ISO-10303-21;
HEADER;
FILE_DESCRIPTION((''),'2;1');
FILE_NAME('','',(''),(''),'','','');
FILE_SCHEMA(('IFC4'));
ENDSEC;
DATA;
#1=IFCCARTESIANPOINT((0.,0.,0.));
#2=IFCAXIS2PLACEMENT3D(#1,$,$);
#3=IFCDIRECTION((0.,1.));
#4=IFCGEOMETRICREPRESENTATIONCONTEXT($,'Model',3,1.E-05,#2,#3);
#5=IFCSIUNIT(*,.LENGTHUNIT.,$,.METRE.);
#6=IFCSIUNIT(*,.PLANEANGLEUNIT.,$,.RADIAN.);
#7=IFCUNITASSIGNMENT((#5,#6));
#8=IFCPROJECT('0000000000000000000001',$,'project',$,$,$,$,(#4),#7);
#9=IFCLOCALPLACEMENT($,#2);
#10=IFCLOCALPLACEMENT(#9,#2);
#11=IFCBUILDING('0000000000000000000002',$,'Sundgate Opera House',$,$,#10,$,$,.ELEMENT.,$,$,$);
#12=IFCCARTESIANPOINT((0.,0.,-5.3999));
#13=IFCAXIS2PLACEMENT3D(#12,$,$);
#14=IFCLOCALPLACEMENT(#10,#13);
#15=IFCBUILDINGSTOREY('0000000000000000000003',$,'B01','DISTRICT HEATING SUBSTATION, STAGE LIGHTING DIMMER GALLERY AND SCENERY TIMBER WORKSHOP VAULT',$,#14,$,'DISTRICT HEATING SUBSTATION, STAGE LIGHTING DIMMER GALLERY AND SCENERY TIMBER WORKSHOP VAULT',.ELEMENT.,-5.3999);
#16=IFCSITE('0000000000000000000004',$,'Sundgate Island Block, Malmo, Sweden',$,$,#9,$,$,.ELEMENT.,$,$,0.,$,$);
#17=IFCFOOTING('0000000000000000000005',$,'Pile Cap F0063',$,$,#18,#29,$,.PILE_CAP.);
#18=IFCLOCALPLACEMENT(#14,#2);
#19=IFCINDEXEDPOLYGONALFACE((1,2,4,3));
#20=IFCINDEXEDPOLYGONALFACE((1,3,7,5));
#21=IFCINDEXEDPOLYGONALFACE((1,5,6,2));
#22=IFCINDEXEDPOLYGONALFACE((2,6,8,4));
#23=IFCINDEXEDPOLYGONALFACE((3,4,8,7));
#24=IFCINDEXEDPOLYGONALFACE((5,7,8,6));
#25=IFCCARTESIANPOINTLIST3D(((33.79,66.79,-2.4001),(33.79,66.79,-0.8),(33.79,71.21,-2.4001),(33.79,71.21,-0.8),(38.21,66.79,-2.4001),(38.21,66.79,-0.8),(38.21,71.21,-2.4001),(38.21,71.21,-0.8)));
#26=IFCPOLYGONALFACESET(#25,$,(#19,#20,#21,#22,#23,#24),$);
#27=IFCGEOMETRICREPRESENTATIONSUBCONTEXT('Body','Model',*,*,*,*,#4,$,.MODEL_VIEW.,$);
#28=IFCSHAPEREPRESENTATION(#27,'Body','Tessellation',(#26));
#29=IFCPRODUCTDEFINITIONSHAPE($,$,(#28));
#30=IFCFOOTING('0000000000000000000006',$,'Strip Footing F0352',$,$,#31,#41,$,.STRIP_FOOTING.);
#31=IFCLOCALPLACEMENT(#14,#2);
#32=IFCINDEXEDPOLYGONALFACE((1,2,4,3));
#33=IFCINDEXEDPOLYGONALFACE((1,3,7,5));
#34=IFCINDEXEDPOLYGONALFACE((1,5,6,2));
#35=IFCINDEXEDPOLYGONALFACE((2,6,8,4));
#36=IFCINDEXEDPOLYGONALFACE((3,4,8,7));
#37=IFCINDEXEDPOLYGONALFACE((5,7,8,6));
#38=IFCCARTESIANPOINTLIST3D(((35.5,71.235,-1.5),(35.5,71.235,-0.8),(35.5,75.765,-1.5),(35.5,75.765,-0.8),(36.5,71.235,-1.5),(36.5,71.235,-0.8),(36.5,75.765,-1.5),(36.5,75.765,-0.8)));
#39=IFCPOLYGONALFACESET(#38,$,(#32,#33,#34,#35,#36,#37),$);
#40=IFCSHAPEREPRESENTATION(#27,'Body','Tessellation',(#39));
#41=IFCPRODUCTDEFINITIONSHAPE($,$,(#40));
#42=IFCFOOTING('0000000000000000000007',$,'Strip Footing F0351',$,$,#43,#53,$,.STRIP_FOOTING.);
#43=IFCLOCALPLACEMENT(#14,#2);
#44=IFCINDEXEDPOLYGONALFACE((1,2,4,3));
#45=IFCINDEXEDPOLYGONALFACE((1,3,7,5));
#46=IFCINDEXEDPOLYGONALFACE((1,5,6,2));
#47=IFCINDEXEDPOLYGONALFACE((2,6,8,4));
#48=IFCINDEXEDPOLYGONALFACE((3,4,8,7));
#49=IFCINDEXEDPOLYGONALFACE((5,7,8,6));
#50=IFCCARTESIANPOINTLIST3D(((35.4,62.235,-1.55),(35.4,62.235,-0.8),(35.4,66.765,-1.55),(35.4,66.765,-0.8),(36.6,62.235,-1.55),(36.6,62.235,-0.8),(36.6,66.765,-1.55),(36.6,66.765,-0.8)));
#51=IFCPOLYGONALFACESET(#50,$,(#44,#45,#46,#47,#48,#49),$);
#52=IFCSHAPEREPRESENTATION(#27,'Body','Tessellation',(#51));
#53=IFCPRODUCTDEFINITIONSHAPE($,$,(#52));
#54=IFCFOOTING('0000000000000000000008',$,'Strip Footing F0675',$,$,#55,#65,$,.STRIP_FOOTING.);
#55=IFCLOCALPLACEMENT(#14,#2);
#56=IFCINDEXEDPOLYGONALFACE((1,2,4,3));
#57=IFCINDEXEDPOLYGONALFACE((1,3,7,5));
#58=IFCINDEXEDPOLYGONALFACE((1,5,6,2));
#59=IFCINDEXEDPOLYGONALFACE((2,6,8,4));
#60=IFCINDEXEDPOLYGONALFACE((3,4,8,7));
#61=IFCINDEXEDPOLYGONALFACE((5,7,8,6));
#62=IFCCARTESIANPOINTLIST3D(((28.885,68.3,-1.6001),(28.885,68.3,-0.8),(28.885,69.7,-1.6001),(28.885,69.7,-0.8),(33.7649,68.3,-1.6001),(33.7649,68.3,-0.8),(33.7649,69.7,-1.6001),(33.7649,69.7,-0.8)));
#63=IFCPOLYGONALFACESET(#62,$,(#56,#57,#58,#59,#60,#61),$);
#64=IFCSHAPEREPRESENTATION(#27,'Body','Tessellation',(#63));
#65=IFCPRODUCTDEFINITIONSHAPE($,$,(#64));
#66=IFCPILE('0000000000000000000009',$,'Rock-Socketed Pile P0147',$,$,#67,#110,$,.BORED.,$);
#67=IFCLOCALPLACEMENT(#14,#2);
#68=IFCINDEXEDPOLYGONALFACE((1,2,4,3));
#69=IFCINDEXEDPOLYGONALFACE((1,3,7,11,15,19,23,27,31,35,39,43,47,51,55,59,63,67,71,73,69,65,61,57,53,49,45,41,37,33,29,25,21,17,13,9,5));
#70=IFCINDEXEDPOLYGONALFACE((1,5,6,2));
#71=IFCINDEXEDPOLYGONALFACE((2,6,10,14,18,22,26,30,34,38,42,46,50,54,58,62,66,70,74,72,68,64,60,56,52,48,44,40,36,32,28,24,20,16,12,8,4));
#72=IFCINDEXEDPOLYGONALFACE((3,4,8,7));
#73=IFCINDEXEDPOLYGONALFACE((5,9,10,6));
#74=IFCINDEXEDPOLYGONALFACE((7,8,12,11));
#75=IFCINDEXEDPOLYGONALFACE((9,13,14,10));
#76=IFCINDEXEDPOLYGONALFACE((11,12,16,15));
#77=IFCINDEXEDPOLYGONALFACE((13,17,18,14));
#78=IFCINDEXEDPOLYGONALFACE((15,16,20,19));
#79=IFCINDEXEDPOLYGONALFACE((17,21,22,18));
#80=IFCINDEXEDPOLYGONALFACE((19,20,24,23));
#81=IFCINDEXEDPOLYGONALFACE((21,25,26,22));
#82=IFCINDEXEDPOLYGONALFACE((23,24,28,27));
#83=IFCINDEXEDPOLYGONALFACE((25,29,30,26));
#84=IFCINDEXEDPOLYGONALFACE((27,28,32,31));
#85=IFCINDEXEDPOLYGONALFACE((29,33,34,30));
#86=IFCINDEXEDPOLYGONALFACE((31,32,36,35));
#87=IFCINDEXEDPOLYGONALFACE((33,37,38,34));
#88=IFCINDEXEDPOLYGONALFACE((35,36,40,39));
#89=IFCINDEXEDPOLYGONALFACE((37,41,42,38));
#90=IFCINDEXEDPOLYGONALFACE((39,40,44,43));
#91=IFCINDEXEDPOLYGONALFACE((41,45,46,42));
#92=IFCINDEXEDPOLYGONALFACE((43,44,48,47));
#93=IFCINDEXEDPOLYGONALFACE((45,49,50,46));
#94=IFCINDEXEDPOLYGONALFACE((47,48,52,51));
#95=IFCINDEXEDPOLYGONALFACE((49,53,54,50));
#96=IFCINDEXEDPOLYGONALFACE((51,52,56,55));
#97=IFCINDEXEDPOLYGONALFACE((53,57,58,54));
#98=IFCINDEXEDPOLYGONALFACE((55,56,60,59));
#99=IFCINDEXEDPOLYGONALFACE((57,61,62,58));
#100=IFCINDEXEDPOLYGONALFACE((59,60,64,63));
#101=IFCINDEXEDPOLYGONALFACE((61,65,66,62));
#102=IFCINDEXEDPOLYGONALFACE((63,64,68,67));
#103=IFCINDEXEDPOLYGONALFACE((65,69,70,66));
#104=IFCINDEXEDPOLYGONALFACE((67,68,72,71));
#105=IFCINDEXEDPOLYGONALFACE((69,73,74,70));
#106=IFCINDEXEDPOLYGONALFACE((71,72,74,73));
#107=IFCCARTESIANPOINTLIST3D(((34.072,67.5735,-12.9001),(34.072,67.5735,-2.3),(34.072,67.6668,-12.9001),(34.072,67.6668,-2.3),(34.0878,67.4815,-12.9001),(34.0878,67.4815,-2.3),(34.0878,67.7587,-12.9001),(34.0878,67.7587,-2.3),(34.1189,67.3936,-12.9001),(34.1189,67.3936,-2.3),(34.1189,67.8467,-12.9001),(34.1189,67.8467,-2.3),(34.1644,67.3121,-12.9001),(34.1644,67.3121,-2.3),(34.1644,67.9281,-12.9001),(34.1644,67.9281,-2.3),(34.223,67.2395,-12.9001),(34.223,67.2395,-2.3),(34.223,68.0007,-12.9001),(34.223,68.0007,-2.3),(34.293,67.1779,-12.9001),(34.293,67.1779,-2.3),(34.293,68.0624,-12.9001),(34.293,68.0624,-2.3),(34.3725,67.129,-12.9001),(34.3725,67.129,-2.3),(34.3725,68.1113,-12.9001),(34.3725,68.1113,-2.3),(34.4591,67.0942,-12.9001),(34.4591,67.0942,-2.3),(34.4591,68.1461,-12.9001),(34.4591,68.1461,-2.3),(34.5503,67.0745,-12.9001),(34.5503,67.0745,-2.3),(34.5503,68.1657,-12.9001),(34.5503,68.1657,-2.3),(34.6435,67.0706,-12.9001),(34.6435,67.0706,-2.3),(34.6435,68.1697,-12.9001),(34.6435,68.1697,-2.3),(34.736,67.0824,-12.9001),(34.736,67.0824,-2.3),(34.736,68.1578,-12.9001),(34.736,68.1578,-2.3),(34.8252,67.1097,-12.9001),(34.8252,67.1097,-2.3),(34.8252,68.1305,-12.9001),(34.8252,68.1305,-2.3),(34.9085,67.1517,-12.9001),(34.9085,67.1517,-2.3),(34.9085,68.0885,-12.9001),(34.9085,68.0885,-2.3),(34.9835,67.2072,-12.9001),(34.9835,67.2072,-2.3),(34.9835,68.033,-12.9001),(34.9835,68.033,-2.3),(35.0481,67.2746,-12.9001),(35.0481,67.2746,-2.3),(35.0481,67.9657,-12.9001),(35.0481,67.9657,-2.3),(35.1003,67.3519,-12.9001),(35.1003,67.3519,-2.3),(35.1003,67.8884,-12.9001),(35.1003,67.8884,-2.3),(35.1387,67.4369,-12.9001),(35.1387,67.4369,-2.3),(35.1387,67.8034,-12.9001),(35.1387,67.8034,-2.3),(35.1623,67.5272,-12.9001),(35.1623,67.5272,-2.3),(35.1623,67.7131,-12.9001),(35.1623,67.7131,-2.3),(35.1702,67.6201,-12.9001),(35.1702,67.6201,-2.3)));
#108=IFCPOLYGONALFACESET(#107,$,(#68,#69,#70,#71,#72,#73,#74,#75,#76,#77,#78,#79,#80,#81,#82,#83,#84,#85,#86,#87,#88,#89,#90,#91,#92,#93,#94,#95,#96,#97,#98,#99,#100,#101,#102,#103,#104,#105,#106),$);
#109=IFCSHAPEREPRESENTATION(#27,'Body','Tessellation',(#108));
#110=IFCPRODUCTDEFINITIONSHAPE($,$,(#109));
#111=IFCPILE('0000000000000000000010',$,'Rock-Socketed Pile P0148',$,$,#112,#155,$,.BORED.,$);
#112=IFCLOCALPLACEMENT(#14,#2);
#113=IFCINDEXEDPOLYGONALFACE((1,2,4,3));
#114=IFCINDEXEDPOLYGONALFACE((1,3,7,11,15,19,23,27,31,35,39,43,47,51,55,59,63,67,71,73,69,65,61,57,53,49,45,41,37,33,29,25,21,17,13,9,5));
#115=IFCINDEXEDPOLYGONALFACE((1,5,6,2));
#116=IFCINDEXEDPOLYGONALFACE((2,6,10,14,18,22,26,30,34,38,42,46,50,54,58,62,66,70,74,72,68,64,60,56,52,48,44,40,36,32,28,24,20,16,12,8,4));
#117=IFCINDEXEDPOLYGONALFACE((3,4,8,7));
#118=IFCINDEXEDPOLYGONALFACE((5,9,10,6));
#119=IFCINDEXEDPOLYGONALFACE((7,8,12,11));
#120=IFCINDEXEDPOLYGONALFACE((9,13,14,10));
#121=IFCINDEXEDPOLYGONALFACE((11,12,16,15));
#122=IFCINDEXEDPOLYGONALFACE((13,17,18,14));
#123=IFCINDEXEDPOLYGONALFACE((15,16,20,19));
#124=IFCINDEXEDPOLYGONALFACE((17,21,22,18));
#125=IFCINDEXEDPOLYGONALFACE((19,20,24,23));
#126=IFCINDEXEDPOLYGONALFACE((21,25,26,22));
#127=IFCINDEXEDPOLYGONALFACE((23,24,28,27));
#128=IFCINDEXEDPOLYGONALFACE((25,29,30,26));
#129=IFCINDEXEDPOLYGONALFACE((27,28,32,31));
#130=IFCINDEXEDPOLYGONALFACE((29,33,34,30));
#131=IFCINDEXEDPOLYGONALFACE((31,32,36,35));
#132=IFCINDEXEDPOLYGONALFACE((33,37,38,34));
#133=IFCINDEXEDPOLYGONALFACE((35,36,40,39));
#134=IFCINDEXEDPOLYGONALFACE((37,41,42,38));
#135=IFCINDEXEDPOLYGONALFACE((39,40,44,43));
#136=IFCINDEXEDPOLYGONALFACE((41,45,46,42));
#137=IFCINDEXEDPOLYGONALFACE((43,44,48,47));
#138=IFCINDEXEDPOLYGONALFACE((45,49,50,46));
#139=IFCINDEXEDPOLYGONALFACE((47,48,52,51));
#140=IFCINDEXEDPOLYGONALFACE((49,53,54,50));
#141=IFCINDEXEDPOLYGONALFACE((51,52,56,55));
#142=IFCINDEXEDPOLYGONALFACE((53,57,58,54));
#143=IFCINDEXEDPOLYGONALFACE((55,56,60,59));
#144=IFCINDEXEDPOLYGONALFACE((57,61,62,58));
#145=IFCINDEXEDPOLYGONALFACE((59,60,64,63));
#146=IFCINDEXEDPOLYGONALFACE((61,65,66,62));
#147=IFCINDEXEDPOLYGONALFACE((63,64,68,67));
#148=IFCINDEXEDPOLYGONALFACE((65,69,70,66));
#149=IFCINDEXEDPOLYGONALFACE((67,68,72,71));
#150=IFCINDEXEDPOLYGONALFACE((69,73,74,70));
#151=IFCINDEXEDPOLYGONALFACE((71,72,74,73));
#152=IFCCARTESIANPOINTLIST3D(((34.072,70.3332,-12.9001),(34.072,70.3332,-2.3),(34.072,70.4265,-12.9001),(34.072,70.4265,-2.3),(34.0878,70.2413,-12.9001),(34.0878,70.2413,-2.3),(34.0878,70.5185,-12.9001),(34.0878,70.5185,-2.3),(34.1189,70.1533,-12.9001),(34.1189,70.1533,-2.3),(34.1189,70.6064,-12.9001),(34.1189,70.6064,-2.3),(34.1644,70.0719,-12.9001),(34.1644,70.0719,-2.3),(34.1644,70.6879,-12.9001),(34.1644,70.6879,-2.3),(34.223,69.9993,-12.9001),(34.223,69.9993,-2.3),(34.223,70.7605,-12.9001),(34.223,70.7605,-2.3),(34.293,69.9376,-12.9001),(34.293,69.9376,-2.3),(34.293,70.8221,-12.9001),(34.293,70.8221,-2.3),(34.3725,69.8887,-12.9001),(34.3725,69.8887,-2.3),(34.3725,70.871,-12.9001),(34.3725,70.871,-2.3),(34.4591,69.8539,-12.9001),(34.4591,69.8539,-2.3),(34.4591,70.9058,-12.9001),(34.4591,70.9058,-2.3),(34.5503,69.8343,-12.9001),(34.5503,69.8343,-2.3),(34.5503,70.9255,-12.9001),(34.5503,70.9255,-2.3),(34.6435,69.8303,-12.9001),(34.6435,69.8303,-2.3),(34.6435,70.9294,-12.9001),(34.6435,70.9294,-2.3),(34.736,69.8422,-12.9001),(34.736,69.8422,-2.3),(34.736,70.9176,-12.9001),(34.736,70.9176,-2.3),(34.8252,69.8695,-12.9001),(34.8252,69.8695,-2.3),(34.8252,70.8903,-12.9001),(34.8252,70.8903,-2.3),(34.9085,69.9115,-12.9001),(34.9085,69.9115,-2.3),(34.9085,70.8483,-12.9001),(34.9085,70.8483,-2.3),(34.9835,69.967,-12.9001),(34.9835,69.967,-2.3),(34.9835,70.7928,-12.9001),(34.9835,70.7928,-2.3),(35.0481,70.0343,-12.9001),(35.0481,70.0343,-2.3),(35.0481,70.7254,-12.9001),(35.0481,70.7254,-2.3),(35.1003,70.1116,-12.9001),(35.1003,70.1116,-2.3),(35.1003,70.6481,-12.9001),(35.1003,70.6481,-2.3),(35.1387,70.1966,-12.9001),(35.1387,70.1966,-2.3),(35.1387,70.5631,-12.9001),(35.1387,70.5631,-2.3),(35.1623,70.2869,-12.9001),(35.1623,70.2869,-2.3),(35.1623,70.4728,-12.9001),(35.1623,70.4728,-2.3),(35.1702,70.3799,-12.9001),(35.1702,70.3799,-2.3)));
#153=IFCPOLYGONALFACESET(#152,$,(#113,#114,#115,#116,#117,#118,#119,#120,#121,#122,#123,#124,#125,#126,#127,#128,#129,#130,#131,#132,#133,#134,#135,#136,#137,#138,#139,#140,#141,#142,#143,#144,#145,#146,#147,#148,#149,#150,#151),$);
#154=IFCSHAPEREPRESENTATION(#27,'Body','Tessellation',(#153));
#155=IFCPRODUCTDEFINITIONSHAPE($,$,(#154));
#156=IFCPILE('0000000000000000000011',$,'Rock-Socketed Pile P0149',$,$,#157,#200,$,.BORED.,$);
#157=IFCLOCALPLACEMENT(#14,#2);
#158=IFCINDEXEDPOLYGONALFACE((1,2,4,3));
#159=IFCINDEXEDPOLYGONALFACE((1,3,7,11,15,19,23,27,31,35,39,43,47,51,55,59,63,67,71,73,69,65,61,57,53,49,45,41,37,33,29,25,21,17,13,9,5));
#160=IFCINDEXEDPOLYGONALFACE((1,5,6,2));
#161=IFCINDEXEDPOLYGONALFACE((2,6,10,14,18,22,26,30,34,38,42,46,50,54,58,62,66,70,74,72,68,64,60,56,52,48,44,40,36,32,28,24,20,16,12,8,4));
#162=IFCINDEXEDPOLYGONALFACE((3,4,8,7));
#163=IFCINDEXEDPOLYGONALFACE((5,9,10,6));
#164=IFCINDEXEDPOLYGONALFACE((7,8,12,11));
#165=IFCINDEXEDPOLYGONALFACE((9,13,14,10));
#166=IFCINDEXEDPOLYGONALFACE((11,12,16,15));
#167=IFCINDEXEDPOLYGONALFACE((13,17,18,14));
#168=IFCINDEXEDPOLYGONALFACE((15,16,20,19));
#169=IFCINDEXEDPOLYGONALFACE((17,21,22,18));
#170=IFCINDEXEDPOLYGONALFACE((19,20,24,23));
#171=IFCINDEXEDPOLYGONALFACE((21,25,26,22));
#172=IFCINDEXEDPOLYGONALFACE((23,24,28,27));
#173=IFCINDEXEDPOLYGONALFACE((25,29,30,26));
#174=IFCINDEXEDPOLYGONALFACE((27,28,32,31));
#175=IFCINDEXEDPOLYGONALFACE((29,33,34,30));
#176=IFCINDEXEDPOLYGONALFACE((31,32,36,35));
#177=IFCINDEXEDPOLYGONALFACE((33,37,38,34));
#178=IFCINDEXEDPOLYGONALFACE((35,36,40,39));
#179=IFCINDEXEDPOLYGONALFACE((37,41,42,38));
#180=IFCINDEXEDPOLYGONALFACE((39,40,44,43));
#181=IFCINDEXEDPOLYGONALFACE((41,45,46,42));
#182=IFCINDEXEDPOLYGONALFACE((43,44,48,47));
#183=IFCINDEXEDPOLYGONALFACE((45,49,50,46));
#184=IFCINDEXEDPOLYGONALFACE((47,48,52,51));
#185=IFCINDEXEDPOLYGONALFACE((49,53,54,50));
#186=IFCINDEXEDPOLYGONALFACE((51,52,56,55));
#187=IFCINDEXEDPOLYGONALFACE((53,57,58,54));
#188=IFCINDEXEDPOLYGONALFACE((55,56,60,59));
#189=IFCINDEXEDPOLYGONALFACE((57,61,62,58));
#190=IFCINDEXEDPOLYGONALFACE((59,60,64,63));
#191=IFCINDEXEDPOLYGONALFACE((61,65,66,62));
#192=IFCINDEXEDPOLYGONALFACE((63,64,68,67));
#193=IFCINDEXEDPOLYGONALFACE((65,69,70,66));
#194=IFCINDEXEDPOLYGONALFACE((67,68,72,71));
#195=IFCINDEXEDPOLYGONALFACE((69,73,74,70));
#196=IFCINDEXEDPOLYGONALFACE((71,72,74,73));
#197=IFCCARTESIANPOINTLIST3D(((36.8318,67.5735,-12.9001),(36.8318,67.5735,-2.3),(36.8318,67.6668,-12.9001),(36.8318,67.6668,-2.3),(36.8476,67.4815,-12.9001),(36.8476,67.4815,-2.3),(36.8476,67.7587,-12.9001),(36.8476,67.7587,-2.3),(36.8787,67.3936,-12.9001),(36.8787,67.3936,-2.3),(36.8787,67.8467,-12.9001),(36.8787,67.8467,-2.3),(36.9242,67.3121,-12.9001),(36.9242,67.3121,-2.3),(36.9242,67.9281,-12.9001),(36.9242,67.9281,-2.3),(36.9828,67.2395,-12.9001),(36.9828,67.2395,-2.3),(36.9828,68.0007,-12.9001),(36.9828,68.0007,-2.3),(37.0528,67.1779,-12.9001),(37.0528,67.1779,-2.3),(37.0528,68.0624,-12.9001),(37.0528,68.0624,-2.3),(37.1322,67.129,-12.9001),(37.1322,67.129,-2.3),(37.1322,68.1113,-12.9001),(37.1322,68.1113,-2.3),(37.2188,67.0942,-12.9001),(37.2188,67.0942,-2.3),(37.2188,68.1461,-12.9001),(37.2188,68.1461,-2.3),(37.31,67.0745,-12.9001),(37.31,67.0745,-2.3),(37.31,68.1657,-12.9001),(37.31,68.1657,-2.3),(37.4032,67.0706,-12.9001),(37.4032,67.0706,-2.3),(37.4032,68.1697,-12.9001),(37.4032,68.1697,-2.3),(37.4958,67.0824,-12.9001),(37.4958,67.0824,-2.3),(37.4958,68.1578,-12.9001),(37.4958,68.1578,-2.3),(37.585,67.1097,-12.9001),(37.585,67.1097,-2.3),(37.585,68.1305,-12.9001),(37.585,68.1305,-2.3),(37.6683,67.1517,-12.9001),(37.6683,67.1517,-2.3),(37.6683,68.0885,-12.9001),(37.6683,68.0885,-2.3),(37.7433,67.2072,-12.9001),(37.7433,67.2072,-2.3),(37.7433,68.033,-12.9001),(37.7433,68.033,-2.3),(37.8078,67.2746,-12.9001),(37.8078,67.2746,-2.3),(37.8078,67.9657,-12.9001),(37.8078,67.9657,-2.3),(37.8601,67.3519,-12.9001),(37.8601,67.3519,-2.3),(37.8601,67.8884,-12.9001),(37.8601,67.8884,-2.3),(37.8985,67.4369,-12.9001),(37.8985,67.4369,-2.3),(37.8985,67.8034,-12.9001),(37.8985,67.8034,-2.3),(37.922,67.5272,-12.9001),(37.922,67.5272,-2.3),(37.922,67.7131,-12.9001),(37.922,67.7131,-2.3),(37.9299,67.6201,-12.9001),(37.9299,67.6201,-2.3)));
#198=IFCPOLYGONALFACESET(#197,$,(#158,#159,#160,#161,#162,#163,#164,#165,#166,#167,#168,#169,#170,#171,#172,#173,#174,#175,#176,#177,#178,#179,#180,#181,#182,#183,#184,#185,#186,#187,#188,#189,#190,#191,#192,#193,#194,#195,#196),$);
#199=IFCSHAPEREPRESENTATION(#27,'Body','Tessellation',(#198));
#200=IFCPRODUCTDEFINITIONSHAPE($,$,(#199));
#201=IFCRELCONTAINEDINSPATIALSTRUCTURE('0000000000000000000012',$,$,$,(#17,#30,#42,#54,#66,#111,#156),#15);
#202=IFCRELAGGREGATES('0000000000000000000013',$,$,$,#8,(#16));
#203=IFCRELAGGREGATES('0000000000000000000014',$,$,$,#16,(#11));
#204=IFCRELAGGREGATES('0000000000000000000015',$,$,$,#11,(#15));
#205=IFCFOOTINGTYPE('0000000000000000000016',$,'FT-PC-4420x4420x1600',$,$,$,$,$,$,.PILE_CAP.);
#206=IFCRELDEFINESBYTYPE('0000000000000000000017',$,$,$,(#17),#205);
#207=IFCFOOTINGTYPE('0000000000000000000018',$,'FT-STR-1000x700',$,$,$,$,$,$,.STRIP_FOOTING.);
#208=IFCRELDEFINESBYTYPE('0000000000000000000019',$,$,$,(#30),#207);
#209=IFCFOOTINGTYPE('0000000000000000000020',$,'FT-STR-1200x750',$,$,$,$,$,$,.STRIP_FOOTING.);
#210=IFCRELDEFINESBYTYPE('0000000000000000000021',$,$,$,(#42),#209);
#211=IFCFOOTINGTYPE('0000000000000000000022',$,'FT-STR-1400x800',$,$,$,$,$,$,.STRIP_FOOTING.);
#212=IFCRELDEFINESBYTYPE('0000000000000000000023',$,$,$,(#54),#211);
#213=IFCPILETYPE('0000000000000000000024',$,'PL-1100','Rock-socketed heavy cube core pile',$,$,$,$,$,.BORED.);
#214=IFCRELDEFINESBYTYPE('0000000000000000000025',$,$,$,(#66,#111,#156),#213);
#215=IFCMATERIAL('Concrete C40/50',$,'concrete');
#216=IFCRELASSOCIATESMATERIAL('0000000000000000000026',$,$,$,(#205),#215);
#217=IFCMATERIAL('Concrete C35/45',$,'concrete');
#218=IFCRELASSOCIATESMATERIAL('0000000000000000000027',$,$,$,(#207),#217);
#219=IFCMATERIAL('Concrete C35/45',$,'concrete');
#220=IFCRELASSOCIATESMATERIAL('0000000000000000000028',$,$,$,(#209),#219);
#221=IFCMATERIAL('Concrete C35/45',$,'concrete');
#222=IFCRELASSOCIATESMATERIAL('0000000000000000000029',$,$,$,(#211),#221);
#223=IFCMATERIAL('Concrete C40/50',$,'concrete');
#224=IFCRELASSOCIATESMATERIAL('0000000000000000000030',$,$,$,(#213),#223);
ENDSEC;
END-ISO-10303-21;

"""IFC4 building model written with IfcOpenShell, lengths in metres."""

from ifc_helpers import new_model, si_unit, direction, frame, origin, origin_2d, place, context, subcontext, project, spatial, rectangle, circle, extrude, material, material_profile, profile_set, type_object, element, save


model = new_model("IFC4")

# Units and contexts
model_context = context("Model", 3, precision=1e-05, world=origin(), true_north=direction((0.0, 1.0)))
body_context = subcontext(model_context, "Body", "Model", "MODEL_VIEW")
ifc_project = project(units=[si_unit("LENGTHUNIT", "METRE"), si_unit("PLANEANGLEUNIT", "RADIAN")], contexts=[model_context])

# Site, building, storey
site_placement = place(None, origin())
site = spatial("IfcSite", under=ifc_project, at=site_placement, Name="Sundgate Island Block, Malmo, Sweden", CompositionType="ELEMENT", RefElevation=0.0)
building_placement = place(site_placement, origin())
building = spatial("IfcBuilding", under=site, at=building_placement, Name="Sundgate Opera House", CompositionType="ELEMENT")
storey_placement = place(building_placement, frame((0.0, 0.0, -5.3999)))
storey = spatial("IfcBuildingStorey", under=building, at=storey_placement, Name="B01", Description="DISTRICT HEATING SUBSTATION, STAGE LIGHTING DIMMER GALLERY AND SCENERY TIMBER WORKSHOP VAULT", LongName="DISTRICT HEATING SUBSTATION, STAGE LIGHTING DIMMER GALLERY AND SCENERY TIMBER WORKSHOP VAULT", CompositionType="ELEMENT", Elevation=-5.3999)

# Footings
ifc_material_1 = material(Name="Concrete C40/50", Category="concrete")
footing_type_1 = type_object("IfcFootingType", Name="FT-PC-4420x4420x1600", PredefinedType="PILE_CAP", material=ifc_material_1)
footing_1_placement = place(storey_placement, frame((36.0, 69.0, -2.4001), z_axis=(0.0, 0.0, 1.0), x_axis=(1.0, 0.0, 0.0)))
element("IfcFooting", 1, at=footing_1_placement, inside=storey, type_object=footing_type_1, Name="Pile Cap F0063", PredefinedType="PILE_CAP", context=body_context, shape_type="SweptSolid", body=[
    extrude(rectangle(XDim=4.4199, YDim=4.4199, at=origin_2d()), origin(), (0.0, 0.0, 1.0), 1.6001),
])
ifc_material_2 = material(Name="Concrete C35/45", Category="concrete")
footing_type_2 = type_object("IfcFootingType", Name="FT-STR-1000x700", PredefinedType="STRIP_FOOTING", material=ifc_material_2)
footing_2_placement = place(storey_placement, frame((36.0, 73.5, -1.5), z_axis=(0.0, 0.0, 1.0), x_axis=(1.0, 0.0, 0.0)))
element("IfcFooting", 2, at=footing_2_placement, inside=storey, type_object=footing_type_2, Name="Strip Footing F0352", PredefinedType="STRIP_FOOTING", context=body_context, shape_type="SweptSolid", body=[
    extrude(rectangle(XDim=1.0, YDim=4.53, at=origin_2d()), origin(), (0.0, 0.0, 1.0), 0.7),
])
ifc_material_3 = material(Name="Concrete C35/45", Category="concrete")
footing_type_3 = type_object("IfcFootingType", Name="FT-STR-1200x750", PredefinedType="STRIP_FOOTING", material=ifc_material_3)
footing_3_placement = place(storey_placement, frame((36.0, 64.5, -1.55), z_axis=(0.0, 0.0, 1.0), x_axis=(1.0, 0.0, 0.0)))
element("IfcFooting", 3, at=footing_3_placement, inside=storey, type_object=footing_type_3, Name="Strip Footing F0351", PredefinedType="STRIP_FOOTING", context=body_context, shape_type="SweptSolid", body=[
    extrude(rectangle(XDim=1.2, YDim=4.53, at=origin_2d()), origin(), (0.0, 0.0, 1.0), 0.75),
])
ifc_material_4 = material(Name="Concrete C35/45", Category="concrete")
footing_type_4 = type_object("IfcFootingType", Name="FT-STR-1400x800", PredefinedType="STRIP_FOOTING", material=ifc_material_4)
footing_4_placement = place(storey_placement, frame((31.325, 69.0, -1.6001), z_axis=(0.0, 0.0, 1.0), x_axis=(1.0, 0.0, 0.0)))
element("IfcFooting", 4, at=footing_4_placement, inside=storey, type_object=footing_type_4, Name="Strip Footing F0675", PredefinedType="STRIP_FOOTING", context=body_context, shape_type="SweptSolid", body=[
    extrude(rectangle(XDim=4.8799, YDim=1.3999, at=origin_2d()), origin(), (0.0, 0.0, 1.0), 0.8),
])

# Piles
ifc_material_5 = material(Name="Concrete C40/50", Category="concrete")
ifc_material_profile_1 = material_profile(ifc_material_5, circle(Radius=0.55, at=origin_2d()), Name="PILE D1100")
ifc_profile_set_1 = profile_set([ifc_material_profile_1], Name="Concrete C40/50")
pile_type = type_object("IfcPileType", Name="PL-1100", Description="Rock-socketed heavy cube core pile", PredefinedType="BORED", material=ifc_profile_set_1)
for number, where, z_axis, x_axis, name in (
    (5, (34.6201, 67.6201, -2.3), (0.0, 0.0, -1.0), (1.0, 0.0, 0.0), "Rock-Socketed Pile P0147"),
    (6, (34.6201, 70.3799, -2.3), (0.0, 0.0, -1.0), (1.0, 0.0, 0.0), "Rock-Socketed Pile P0148"),
    (7, (37.3799, 67.6201, -2.3), (0.0, 0.0, -1.0), (1.0, 0.0, 0.0), "Rock-Socketed Pile P0149"),
):
    element("IfcPile", number, at=place(storey_placement, frame(where, z_axis=z_axis, x_axis=x_axis)), inside=storey, type_object=pile_type, Name=name, PredefinedType="BORED", context=body_context, shape_type="SweptSolid", body=[
        extrude(circle(Radius=0.55, at=origin_2d()), origin(), (0.0, 0.0, 1.0), 10.6001),
    ])

save(model, "model.ifc")
